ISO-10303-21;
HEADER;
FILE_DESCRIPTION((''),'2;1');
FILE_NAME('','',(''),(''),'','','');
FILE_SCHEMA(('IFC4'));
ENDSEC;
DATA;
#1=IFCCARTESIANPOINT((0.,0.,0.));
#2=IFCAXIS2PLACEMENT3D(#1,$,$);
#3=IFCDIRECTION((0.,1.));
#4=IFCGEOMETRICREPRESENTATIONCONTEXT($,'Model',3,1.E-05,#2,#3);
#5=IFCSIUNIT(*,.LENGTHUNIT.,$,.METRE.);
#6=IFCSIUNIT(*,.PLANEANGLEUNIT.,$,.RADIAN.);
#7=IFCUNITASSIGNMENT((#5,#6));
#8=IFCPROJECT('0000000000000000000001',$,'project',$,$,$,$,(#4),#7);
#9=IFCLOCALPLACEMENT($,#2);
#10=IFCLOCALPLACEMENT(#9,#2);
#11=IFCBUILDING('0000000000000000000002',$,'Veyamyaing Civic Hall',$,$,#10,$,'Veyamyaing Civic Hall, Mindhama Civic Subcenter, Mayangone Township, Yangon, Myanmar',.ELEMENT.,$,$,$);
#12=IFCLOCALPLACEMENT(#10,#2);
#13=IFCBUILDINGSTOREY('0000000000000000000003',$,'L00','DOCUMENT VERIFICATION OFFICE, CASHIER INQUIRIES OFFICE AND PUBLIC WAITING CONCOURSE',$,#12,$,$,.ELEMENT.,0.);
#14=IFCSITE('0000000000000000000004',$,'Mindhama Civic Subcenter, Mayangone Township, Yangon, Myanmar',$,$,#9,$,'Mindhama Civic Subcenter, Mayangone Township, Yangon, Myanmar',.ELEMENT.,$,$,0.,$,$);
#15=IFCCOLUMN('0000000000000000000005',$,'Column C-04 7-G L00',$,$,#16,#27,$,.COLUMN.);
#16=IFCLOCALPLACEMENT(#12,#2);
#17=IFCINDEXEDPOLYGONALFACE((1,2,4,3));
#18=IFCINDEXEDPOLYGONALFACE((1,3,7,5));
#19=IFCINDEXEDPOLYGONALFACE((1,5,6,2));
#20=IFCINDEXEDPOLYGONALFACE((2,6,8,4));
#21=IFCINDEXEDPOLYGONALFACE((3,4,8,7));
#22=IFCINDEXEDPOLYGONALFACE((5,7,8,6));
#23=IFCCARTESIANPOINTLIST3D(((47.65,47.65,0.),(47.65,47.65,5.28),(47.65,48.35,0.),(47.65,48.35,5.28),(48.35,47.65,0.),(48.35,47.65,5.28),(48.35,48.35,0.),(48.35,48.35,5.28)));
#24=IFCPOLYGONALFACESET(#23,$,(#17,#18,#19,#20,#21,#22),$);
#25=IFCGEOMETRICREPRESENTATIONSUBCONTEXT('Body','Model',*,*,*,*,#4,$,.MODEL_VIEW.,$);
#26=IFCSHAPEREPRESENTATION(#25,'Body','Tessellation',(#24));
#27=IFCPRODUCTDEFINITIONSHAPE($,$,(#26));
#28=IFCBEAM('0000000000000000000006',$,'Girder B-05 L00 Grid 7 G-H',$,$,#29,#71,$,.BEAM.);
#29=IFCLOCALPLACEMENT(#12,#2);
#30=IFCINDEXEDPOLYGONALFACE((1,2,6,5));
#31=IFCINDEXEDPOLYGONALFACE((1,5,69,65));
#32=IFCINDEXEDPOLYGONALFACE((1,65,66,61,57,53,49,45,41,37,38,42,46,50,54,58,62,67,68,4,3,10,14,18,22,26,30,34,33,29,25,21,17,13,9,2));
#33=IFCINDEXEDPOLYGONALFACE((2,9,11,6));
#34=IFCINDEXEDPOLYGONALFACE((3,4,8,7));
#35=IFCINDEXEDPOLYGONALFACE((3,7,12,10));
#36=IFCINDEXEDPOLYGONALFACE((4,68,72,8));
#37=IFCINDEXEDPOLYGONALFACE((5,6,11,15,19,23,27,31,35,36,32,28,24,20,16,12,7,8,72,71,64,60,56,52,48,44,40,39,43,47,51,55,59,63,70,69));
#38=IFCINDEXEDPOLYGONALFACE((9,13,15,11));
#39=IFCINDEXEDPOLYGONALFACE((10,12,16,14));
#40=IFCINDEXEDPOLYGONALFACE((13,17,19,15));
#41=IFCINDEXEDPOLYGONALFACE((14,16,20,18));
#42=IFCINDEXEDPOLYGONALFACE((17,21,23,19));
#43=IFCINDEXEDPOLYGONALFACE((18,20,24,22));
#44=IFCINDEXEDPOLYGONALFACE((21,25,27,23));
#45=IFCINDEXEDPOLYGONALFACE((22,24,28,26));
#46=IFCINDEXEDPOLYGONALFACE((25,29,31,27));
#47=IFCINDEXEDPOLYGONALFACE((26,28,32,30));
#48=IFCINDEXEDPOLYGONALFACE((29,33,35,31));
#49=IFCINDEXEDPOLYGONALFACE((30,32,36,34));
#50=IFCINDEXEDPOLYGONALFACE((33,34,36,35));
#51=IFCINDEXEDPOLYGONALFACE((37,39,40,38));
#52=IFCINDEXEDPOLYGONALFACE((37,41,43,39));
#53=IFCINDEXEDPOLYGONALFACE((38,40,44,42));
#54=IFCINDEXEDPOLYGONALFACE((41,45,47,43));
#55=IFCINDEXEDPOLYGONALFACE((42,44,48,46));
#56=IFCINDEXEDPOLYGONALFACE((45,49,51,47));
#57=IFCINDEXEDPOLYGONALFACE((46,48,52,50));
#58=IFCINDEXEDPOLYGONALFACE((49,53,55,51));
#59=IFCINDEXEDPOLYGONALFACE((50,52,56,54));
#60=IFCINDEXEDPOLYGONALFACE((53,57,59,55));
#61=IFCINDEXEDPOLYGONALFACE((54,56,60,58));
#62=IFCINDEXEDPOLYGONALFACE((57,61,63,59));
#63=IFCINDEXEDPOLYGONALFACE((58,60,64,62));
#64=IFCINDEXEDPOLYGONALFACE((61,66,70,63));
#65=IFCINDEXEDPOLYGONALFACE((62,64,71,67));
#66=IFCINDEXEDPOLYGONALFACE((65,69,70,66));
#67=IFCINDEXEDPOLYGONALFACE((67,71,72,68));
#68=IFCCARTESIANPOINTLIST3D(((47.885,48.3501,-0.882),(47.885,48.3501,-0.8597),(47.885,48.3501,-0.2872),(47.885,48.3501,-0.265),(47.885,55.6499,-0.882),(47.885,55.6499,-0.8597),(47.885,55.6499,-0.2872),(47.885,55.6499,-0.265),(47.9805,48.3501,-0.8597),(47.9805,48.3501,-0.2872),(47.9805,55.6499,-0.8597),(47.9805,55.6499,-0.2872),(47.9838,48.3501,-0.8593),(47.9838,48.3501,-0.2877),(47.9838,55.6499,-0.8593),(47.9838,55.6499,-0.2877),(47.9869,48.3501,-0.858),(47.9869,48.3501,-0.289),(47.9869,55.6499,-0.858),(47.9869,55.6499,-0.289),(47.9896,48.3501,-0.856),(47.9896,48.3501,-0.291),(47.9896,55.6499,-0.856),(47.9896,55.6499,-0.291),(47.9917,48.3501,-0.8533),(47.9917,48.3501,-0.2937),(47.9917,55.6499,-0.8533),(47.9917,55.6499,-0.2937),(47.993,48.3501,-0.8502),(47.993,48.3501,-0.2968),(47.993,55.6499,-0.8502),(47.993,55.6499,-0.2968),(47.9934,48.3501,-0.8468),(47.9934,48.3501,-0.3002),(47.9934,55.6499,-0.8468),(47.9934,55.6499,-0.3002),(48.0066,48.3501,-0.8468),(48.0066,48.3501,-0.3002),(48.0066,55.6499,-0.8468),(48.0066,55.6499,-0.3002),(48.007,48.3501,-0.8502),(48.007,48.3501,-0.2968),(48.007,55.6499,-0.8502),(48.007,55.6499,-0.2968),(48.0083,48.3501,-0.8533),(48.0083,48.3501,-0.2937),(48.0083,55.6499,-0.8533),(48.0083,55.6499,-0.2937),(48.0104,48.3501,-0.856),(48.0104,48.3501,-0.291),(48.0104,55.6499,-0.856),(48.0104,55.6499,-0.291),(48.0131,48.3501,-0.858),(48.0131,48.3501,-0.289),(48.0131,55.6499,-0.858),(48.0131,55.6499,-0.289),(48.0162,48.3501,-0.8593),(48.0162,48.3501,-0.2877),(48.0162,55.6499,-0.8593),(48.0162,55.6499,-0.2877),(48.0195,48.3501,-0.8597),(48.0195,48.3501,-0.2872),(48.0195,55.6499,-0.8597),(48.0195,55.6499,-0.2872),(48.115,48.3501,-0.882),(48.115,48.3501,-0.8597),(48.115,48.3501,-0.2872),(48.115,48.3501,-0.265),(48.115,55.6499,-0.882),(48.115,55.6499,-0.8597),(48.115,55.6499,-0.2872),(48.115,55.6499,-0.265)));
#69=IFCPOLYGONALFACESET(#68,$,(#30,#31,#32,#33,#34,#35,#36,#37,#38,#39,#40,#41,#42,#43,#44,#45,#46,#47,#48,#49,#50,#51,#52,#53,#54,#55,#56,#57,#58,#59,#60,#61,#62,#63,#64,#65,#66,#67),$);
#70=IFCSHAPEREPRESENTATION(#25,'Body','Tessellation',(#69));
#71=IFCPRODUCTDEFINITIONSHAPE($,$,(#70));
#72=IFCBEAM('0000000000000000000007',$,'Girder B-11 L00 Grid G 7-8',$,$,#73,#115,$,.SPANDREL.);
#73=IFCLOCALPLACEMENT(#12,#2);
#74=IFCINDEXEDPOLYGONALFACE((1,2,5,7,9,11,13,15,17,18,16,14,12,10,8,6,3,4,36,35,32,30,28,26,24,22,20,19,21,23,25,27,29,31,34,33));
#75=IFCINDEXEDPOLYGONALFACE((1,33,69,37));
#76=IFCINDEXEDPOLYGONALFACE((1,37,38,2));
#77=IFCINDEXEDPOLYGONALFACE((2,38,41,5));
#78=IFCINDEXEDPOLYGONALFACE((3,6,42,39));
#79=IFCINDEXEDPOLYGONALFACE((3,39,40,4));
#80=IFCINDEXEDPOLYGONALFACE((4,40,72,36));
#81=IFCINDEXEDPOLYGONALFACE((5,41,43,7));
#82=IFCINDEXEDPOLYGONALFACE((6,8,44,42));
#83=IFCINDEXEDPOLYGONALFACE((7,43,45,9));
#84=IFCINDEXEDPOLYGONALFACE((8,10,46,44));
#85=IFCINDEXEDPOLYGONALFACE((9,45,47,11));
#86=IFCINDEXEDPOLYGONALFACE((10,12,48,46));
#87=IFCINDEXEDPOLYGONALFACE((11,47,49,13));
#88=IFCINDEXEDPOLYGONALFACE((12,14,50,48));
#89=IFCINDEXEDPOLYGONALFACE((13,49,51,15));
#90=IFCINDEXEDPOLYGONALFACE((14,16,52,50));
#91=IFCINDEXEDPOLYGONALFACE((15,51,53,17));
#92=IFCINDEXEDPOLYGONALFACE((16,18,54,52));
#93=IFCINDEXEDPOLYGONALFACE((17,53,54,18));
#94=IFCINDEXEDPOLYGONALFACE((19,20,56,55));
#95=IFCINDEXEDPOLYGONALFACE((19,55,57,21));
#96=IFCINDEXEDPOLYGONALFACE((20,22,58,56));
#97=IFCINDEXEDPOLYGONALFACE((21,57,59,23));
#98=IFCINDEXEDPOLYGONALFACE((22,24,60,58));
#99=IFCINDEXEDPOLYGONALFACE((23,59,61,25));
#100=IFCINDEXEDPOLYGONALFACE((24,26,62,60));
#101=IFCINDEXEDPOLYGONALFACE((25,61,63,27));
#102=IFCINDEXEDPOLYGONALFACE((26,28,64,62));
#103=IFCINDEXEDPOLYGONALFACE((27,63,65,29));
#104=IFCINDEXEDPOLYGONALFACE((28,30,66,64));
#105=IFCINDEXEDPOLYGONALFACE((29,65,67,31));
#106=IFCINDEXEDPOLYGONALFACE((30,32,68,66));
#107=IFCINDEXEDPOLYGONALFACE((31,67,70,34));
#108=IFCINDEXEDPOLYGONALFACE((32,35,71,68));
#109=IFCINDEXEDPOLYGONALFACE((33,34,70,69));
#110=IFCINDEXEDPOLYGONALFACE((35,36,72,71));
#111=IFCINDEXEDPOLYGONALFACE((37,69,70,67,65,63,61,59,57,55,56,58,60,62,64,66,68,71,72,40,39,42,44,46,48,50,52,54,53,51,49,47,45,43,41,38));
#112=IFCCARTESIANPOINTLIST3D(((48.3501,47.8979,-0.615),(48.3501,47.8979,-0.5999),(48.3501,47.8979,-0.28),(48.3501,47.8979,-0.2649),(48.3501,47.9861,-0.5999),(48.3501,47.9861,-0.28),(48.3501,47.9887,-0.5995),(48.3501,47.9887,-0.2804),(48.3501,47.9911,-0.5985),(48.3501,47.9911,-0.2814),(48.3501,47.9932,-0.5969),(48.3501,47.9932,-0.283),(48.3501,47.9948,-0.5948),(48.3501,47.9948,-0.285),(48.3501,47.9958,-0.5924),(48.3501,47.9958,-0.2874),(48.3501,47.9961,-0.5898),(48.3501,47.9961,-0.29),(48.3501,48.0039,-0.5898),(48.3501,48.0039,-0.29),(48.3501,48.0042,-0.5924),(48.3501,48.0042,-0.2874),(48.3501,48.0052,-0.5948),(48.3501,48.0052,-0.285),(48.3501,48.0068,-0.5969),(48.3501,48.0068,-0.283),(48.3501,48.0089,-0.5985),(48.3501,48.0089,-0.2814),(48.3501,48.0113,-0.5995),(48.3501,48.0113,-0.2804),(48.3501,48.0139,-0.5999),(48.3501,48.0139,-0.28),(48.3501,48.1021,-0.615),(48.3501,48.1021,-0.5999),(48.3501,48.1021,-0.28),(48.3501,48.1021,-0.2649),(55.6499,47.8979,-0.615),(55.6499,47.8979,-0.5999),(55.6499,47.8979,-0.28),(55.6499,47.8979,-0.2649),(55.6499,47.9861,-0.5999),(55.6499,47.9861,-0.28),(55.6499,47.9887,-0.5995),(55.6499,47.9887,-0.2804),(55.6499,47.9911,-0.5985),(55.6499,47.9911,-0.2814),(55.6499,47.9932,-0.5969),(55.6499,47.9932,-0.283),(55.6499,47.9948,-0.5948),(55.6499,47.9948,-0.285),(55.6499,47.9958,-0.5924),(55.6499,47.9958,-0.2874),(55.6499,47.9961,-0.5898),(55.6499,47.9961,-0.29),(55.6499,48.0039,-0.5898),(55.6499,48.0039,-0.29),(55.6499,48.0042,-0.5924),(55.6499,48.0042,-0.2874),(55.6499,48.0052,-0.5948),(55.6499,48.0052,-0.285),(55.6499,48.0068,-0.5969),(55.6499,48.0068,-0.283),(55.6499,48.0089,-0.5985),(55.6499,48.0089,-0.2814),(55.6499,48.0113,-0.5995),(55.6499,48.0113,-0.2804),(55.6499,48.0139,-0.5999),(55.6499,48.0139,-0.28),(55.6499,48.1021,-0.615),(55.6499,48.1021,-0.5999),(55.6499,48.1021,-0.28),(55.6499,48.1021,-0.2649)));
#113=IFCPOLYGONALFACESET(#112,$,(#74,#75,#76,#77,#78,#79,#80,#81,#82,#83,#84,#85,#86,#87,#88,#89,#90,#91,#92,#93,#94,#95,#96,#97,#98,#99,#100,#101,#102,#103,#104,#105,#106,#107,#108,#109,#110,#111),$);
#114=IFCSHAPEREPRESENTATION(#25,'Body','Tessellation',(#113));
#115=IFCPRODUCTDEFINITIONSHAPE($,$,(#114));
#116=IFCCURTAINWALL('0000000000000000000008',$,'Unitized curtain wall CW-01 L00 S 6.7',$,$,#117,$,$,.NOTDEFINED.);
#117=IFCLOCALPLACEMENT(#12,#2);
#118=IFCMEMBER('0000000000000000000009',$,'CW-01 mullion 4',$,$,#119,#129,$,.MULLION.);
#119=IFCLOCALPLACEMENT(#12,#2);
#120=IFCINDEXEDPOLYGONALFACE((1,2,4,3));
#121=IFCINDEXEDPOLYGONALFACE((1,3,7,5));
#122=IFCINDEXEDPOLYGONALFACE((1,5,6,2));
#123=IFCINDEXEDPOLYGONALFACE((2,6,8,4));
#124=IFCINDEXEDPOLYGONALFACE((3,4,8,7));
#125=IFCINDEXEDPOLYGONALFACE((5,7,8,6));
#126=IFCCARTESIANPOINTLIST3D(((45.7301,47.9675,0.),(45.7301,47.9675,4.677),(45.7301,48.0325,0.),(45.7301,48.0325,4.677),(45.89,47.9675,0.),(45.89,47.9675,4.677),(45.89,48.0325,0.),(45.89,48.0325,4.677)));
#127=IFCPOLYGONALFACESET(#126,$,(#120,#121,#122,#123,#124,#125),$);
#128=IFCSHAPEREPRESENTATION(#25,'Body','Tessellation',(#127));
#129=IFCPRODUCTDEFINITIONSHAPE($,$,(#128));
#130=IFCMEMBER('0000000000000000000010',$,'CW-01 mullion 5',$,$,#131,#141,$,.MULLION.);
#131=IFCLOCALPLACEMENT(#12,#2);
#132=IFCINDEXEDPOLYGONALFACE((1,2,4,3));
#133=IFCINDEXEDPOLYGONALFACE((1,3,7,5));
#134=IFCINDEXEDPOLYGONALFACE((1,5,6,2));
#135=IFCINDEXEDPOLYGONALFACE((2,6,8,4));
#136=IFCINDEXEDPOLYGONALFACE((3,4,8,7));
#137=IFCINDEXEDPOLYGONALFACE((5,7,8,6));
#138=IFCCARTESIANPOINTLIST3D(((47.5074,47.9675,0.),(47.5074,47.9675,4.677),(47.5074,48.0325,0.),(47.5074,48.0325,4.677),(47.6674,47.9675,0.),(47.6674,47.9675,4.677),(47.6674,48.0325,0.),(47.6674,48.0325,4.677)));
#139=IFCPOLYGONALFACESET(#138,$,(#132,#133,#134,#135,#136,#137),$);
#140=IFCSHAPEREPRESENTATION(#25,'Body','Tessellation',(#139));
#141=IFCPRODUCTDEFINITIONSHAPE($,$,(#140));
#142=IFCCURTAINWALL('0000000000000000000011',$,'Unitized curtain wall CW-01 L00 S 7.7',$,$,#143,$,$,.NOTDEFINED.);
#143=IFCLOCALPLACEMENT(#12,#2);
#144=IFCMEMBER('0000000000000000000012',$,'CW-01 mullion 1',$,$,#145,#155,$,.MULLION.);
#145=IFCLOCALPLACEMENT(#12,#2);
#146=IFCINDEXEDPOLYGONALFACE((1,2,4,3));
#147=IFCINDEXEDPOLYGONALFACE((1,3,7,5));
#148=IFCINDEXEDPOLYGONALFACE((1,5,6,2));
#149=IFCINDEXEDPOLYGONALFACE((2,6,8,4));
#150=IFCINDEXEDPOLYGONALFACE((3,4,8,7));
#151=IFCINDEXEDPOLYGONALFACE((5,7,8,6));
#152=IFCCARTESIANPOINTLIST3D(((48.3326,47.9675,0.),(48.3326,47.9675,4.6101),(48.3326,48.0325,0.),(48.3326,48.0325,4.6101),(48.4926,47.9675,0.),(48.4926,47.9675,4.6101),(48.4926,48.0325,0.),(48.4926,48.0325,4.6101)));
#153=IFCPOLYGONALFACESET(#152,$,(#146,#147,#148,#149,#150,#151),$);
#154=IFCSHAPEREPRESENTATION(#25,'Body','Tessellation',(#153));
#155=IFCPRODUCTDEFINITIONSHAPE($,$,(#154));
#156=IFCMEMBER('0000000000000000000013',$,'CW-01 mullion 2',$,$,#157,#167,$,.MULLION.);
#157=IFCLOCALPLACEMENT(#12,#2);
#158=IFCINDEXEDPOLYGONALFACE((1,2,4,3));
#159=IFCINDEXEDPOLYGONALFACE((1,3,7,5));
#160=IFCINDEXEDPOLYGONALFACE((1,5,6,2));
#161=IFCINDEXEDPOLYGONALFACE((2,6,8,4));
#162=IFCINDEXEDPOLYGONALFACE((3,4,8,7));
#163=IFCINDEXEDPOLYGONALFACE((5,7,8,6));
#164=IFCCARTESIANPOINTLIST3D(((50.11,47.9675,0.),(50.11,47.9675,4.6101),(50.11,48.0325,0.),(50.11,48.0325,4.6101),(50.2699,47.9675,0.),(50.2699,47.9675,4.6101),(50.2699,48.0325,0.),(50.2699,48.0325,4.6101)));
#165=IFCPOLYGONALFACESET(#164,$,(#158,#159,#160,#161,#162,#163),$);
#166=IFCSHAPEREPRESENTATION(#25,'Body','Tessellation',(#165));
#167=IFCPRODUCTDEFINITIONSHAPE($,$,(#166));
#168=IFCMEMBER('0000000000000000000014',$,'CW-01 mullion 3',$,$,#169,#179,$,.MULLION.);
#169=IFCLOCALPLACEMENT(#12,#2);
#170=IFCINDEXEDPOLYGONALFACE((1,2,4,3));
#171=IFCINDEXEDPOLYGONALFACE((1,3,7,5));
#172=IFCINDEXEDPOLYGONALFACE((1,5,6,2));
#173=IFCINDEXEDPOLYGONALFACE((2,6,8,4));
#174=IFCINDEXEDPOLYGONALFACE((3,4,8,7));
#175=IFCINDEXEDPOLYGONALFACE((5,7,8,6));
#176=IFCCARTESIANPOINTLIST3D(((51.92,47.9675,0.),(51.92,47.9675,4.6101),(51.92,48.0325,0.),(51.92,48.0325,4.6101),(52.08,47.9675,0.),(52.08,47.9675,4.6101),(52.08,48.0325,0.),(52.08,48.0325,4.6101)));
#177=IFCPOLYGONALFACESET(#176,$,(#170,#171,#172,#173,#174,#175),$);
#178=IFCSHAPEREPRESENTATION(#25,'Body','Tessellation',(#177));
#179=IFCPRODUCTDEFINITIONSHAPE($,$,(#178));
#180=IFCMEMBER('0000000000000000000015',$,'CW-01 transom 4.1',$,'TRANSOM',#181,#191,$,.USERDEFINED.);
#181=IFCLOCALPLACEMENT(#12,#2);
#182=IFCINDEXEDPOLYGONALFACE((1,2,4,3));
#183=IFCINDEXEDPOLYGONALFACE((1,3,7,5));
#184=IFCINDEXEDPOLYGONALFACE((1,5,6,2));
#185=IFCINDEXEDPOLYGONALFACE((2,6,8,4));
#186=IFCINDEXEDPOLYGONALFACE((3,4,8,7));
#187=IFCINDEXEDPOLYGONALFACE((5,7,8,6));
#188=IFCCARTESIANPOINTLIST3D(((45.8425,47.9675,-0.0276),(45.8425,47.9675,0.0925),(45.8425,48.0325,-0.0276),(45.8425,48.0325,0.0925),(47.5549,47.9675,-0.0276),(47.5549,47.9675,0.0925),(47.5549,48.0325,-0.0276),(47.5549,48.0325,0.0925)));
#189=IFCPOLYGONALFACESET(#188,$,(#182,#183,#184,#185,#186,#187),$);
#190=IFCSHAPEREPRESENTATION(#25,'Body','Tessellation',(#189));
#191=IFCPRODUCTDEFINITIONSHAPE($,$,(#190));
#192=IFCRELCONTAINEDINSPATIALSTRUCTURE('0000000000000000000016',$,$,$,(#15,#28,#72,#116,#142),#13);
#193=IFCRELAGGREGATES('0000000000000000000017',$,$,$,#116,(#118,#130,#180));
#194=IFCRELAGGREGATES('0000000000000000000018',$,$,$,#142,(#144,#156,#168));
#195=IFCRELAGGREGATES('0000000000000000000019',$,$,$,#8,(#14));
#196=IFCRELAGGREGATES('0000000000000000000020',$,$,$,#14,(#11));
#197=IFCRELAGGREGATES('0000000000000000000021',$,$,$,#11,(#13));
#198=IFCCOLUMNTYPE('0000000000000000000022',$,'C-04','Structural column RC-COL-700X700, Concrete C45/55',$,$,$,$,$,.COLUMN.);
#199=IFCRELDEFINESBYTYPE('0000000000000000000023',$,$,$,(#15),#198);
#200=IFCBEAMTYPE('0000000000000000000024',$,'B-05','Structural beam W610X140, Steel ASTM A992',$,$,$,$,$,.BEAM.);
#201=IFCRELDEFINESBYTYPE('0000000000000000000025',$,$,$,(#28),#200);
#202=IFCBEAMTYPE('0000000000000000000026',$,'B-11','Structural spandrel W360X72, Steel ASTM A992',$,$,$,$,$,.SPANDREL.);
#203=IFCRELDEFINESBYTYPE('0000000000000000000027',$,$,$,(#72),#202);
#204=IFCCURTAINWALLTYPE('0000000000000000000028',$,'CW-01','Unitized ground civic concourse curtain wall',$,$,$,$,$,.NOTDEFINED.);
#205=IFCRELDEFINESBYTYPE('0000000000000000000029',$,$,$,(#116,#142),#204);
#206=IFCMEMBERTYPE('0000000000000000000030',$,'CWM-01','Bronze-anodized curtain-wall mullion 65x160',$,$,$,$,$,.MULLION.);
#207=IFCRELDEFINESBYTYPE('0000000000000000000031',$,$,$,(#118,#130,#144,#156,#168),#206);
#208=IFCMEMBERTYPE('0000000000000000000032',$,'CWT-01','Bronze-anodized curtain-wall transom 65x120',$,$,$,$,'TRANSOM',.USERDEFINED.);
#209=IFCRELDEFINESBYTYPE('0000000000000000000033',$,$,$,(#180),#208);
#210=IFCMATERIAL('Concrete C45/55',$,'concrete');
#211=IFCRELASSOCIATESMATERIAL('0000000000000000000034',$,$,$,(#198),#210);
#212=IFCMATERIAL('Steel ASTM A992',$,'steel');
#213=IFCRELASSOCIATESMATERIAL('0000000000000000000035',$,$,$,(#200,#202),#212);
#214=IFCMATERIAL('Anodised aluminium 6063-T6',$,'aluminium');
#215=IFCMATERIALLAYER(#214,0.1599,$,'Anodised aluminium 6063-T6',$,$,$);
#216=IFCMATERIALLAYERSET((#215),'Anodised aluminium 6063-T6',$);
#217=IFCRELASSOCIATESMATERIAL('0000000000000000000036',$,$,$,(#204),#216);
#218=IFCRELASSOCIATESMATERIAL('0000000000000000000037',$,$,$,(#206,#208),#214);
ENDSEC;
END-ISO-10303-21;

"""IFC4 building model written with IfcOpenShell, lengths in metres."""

from ifc_helpers import new_model, si_unit, direction, frame, origin, origin_2d, place, context, subcontext, project, spatial, rectangle, i_section, extrude, material, layer, layer_set, material_profile, profile_set, type_object, element, aggregate, save


model = new_model("IFC4")

# Units and contexts
model_context = context("Model", 3, precision=1e-05, world=origin(), true_north=direction((0.0, 1.0)))
body_context = subcontext(model_context, "Body", "Model", "MODEL_VIEW")
ifc_project = project(units=[si_unit("LENGTHUNIT", "METRE"), si_unit("PLANEANGLEUNIT", "RADIAN")], contexts=[model_context])

# Site, building, storey
site_placement = place(None, origin())
site = spatial("IfcSite", under=ifc_project, at=site_placement, Name="Mindhama Civic Subcenter, Mayangone Township, Yangon, Myanmar", LongName="Mindhama Civic Subcenter, Mayangone Township, Yangon, Myanmar", CompositionType="ELEMENT", RefElevation=0.0)
building_placement = place(site_placement, origin())
building = spatial("IfcBuilding", under=site, at=building_placement, Name="Veyamyaing Civic Hall", LongName="Veyamyaing Civic Hall, Mindhama Civic Subcenter, Mayangone Township, Yangon, Myanmar", CompositionType="ELEMENT")
storey_placement = place(building_placement, origin())
storey = spatial("IfcBuildingStorey", under=building, at=storey_placement, Name="L00", Description="DOCUMENT VERIFICATION OFFICE, CASHIER INQUIRIES OFFICE AND PUBLIC WAITING CONCOURSE", CompositionType="ELEMENT", Elevation=0.0)

# Column
ifc_material_1 = material(Name="Concrete C45/55", Category="concrete")
ifc_material_profile_1 = material_profile(ifc_material_1, rectangle(XDim=0.7, YDim=0.7, at=origin_2d()), Name="RC-COL-700X700")
ifc_profile_set_1 = profile_set([ifc_material_profile_1], Name="Concrete C45/55")
column_type = type_object("IfcColumnType", Name="C-04", Description="Structural column RC-COL-700X700, Concrete C45/55", PredefinedType="COLUMN", material=ifc_profile_set_1)
column_placement = place(storey_placement, frame((48.0, 48.0, 0.0), z_axis=(0.0, 0.0, 1.0), x_axis=(1.0, 0.0, 0.0)))
element("IfcColumn", 1, at=column_placement, inside=storey, type_object=column_type, Name="Column C-04 7-G L00", PredefinedType="COLUMN", context=body_context, shape_type="SweptSolid", body=[
    extrude(rectangle(XDim=0.7, YDim=0.7, at=origin_2d()), origin(), (0.0, 0.0, 1.0), 5.28),
])

# Beams
ifc_material_2 = material(Name="Steel ASTM A992", Category="steel")
ifc_material_profile_2 = material_profile(ifc_material_2, i_section(OverallWidth=0.23, OverallDepth=0.6169, WebThickness=0.0132, FlangeThickness=0.0222, FilletRadius=0.0129, at=origin_2d()), Name="W610X140")
ifc_profile_set_2 = profile_set([ifc_material_profile_2], Name="Steel ASTM A992")
beam_type_1 = type_object("IfcBeamType", Name="B-05", Description="Structural beam W610X140, Steel ASTM A992", PredefinedType="BEAM", material=ifc_profile_set_2)
beam_1_placement = place(storey_placement, frame((48.0, 48.3501, -0.5735), z_axis=(0.0, 1.0, 0.0), x_axis=(-1.0, 0.0, 0.0)))
element("IfcBeam", 2, at=beam_1_placement, inside=storey, type_object=beam_type_1, Name="Girder B-05 L00 Grid 7 G-H", PredefinedType="BEAM", context=body_context, shape_type="SweptSolid", body=[
    extrude(i_section(OverallWidth=0.23, OverallDepth=0.6169, WebThickness=0.0132, FlangeThickness=0.0222, FilletRadius=0.0129, at=origin_2d()), origin(), (0.0, 0.0, 1.0), 7.2998),
])
ifc_material_profile_3 = material_profile(ifc_material_2, i_section(OverallWidth=0.2041, OverallDepth=0.3501, WebThickness=0.0078, FlangeThickness=0.0151, FilletRadius=0.01, at=origin_2d()), Name="W360X72")
ifc_profile_set_3 = profile_set([ifc_material_profile_3], Name="Steel ASTM A992")
beam_type_2 = type_object("IfcBeamType", Name="B-11", Description="Structural spandrel W360X72, Steel ASTM A992", PredefinedType="SPANDREL", material=ifc_profile_set_3)
beam_2_placement = place(storey_placement, frame((48.3501, 48.0, -0.4399), z_axis=(1.0, 0.0, 0.0), x_axis=(0.0, 1.0, 0.0)))
element("IfcBeam", 3, at=beam_2_placement, inside=storey, type_object=beam_type_2, Name="Girder B-11 L00 Grid G 7-8", PredefinedType="SPANDREL", context=body_context, shape_type="SweptSolid", body=[
    extrude(i_section(OverallWidth=0.2041, OverallDepth=0.3501, WebThickness=0.0078, FlangeThickness=0.0151, FilletRadius=0.01, at=origin_2d()), origin(), (0.0, 0.0, 1.0), 7.2998),
])

# Curtain walls, members
ifc_material_3 = material(Name="Anodised aluminium 6063-T6", Category="aluminium")
ifc_layer_1 = layer(ifc_material_3, 0.1599, Name="Anodised aluminium 6063-T6")
ifc_layer_set_1 = layer_set([ifc_layer_1], Name="Anodised aluminium 6063-T6")
curtain_wall_type = type_object("IfcCurtainWallType", Name="CW-01", Description="Unitized ground civic concourse curtain wall", PredefinedType="NOTDEFINED", material=ifc_layer_set_1)
curtain_wall_1_placement = place(storey_placement, origin())
curtain_wall_1 = element("IfcCurtainWall", 4, at=curtain_wall_1_placement, inside=storey, type_object=curtain_wall_type, Name="Unitized curtain wall CW-01 L00 S 6.7", PredefinedType="NOTDEFINED")
ifc_material_profile_4 = material_profile(ifc_material_3, rectangle(XDim=0.0649, YDim=0.1599, at=origin_2d()), Name="ALU-MUL-65X160")
ifc_profile_set_4 = profile_set([ifc_material_profile_4], Name="Anodised aluminium 6063-T6")
member_type_1 = type_object("IfcMemberType", Name="CWM-01", Description="Bronze-anodized curtain-wall mullion 65x160", PredefinedType="MULLION", material=ifc_profile_set_4)
member_1_placement = place(storey_placement, frame((45.8101, 48.0, 0.0), z_axis=(0.0, 0.0, 1.0), x_axis=(0.0, 1.0, 0.0)))
member_1 = element("IfcMember", 5, at=member_1_placement, type_object=member_type_1, Name="CW-01 mullion 4", PredefinedType="MULLION", context=body_context, shape_type="SweptSolid", body=[
    extrude(rectangle(XDim=0.0649, YDim=0.1599, at=origin_2d()), origin(), (0.0, 0.0, 1.0), 4.677),
])
member_2_placement = place(storey_placement, frame((47.5874, 48.0, 0.0), z_axis=(0.0, 0.0, 1.0), x_axis=(0.0, 1.0, 0.0)))
member_2 = element("IfcMember", 6, at=member_2_placement, type_object=member_type_1, Name="CW-01 mullion 5", PredefinedType="MULLION", context=body_context, shape_type="SweptSolid", body=[
    extrude(rectangle(XDim=0.0649, YDim=0.1599, at=origin_2d()), origin(), (0.0, 0.0, 1.0), 4.677),
])
curtain_wall_2_placement = place(storey_placement, origin())
curtain_wall_2 = element("IfcCurtainWall", 7, at=curtain_wall_2_placement, inside=storey, type_object=curtain_wall_type, Name="Unitized curtain wall CW-01 L00 S 7.7", PredefinedType="NOTDEFINED")
member_3_placement = place(storey_placement, frame((48.4126, 48.0, 0.0), z_axis=(0.0, 0.0, 1.0), x_axis=(0.0, 1.0, 0.0)))
member_3 = element("IfcMember", 8, at=member_3_placement, type_object=member_type_1, Name="CW-01 mullion 1", PredefinedType="MULLION", context=body_context, shape_type="SweptSolid", body=[
    extrude(rectangle(XDim=0.0649, YDim=0.1599, at=origin_2d()), origin(), (0.0, 0.0, 1.0), 4.6101),
])
member_4_placement = place(storey_placement, frame((50.1899, 48.0, 0.0), z_axis=(0.0, 0.0, 1.0), x_axis=(0.0, 1.0, 0.0)))
member_4 = element("IfcMember", 9, at=member_4_placement, type_object=member_type_1, Name="CW-01 mullion 2", PredefinedType="MULLION", context=body_context, shape_type="SweptSolid", body=[
    extrude(rectangle(XDim=0.0649, YDim=0.1599, at=origin_2d()), origin(), (0.0, 0.0, 1.0), 4.6101),
])
member_5_placement = place(storey_placement, frame((52.0, 48.0, 0.0), z_axis=(0.0, 0.0, 1.0), x_axis=(0.0, 1.0, 0.0)))
member_5 = element("IfcMember", 10, at=member_5_placement, type_object=member_type_1, Name="CW-01 mullion 3", PredefinedType="MULLION", context=body_context, shape_type="SweptSolid", body=[
    extrude(rectangle(XDim=0.0649, YDim=0.1599, at=origin_2d()), origin(), (0.0, 0.0, 1.0), 4.6101),
])

# Member
ifc_material_profile_5 = material_profile(ifc_material_3, rectangle(XDim=0.0649, YDim=0.1201, at=origin_2d()), Name="ALU-TRN-65X120")
ifc_profile_set_5 = profile_set([ifc_material_profile_5], Name="Anodised aluminium 6063-T6")
member_type_2 = type_object("IfcMemberType", Name="CWT-01", Description="Bronze-anodized curtain-wall transom 65x120", ElementType="TRANSOM", PredefinedType="USERDEFINED", material=ifc_profile_set_5)
member_6_placement = place(storey_placement, frame((45.8425, 48.0, 0.0325), z_axis=(1.0, 0.0, 0.0), x_axis=(0.0, 1.0, 0.0)))
member_6 = element("IfcMember", 11, at=member_6_placement, type_object=member_type_2, Name="CW-01 transom 4.1", ObjectType="TRANSOM", PredefinedType="USERDEFINED", context=body_context, shape_type="SweptSolid", body=[
    extrude(rectangle(XDim=0.0649, YDim=0.1201, at=origin_2d()), origin(), (0.0, 0.0, 1.0), 1.7124),
])

aggregate(curtain_wall_1, [member_1, member_2, member_6])
aggregate(curtain_wall_2, [member_3, member_4, member_5])

save(model, "model.ifc")
